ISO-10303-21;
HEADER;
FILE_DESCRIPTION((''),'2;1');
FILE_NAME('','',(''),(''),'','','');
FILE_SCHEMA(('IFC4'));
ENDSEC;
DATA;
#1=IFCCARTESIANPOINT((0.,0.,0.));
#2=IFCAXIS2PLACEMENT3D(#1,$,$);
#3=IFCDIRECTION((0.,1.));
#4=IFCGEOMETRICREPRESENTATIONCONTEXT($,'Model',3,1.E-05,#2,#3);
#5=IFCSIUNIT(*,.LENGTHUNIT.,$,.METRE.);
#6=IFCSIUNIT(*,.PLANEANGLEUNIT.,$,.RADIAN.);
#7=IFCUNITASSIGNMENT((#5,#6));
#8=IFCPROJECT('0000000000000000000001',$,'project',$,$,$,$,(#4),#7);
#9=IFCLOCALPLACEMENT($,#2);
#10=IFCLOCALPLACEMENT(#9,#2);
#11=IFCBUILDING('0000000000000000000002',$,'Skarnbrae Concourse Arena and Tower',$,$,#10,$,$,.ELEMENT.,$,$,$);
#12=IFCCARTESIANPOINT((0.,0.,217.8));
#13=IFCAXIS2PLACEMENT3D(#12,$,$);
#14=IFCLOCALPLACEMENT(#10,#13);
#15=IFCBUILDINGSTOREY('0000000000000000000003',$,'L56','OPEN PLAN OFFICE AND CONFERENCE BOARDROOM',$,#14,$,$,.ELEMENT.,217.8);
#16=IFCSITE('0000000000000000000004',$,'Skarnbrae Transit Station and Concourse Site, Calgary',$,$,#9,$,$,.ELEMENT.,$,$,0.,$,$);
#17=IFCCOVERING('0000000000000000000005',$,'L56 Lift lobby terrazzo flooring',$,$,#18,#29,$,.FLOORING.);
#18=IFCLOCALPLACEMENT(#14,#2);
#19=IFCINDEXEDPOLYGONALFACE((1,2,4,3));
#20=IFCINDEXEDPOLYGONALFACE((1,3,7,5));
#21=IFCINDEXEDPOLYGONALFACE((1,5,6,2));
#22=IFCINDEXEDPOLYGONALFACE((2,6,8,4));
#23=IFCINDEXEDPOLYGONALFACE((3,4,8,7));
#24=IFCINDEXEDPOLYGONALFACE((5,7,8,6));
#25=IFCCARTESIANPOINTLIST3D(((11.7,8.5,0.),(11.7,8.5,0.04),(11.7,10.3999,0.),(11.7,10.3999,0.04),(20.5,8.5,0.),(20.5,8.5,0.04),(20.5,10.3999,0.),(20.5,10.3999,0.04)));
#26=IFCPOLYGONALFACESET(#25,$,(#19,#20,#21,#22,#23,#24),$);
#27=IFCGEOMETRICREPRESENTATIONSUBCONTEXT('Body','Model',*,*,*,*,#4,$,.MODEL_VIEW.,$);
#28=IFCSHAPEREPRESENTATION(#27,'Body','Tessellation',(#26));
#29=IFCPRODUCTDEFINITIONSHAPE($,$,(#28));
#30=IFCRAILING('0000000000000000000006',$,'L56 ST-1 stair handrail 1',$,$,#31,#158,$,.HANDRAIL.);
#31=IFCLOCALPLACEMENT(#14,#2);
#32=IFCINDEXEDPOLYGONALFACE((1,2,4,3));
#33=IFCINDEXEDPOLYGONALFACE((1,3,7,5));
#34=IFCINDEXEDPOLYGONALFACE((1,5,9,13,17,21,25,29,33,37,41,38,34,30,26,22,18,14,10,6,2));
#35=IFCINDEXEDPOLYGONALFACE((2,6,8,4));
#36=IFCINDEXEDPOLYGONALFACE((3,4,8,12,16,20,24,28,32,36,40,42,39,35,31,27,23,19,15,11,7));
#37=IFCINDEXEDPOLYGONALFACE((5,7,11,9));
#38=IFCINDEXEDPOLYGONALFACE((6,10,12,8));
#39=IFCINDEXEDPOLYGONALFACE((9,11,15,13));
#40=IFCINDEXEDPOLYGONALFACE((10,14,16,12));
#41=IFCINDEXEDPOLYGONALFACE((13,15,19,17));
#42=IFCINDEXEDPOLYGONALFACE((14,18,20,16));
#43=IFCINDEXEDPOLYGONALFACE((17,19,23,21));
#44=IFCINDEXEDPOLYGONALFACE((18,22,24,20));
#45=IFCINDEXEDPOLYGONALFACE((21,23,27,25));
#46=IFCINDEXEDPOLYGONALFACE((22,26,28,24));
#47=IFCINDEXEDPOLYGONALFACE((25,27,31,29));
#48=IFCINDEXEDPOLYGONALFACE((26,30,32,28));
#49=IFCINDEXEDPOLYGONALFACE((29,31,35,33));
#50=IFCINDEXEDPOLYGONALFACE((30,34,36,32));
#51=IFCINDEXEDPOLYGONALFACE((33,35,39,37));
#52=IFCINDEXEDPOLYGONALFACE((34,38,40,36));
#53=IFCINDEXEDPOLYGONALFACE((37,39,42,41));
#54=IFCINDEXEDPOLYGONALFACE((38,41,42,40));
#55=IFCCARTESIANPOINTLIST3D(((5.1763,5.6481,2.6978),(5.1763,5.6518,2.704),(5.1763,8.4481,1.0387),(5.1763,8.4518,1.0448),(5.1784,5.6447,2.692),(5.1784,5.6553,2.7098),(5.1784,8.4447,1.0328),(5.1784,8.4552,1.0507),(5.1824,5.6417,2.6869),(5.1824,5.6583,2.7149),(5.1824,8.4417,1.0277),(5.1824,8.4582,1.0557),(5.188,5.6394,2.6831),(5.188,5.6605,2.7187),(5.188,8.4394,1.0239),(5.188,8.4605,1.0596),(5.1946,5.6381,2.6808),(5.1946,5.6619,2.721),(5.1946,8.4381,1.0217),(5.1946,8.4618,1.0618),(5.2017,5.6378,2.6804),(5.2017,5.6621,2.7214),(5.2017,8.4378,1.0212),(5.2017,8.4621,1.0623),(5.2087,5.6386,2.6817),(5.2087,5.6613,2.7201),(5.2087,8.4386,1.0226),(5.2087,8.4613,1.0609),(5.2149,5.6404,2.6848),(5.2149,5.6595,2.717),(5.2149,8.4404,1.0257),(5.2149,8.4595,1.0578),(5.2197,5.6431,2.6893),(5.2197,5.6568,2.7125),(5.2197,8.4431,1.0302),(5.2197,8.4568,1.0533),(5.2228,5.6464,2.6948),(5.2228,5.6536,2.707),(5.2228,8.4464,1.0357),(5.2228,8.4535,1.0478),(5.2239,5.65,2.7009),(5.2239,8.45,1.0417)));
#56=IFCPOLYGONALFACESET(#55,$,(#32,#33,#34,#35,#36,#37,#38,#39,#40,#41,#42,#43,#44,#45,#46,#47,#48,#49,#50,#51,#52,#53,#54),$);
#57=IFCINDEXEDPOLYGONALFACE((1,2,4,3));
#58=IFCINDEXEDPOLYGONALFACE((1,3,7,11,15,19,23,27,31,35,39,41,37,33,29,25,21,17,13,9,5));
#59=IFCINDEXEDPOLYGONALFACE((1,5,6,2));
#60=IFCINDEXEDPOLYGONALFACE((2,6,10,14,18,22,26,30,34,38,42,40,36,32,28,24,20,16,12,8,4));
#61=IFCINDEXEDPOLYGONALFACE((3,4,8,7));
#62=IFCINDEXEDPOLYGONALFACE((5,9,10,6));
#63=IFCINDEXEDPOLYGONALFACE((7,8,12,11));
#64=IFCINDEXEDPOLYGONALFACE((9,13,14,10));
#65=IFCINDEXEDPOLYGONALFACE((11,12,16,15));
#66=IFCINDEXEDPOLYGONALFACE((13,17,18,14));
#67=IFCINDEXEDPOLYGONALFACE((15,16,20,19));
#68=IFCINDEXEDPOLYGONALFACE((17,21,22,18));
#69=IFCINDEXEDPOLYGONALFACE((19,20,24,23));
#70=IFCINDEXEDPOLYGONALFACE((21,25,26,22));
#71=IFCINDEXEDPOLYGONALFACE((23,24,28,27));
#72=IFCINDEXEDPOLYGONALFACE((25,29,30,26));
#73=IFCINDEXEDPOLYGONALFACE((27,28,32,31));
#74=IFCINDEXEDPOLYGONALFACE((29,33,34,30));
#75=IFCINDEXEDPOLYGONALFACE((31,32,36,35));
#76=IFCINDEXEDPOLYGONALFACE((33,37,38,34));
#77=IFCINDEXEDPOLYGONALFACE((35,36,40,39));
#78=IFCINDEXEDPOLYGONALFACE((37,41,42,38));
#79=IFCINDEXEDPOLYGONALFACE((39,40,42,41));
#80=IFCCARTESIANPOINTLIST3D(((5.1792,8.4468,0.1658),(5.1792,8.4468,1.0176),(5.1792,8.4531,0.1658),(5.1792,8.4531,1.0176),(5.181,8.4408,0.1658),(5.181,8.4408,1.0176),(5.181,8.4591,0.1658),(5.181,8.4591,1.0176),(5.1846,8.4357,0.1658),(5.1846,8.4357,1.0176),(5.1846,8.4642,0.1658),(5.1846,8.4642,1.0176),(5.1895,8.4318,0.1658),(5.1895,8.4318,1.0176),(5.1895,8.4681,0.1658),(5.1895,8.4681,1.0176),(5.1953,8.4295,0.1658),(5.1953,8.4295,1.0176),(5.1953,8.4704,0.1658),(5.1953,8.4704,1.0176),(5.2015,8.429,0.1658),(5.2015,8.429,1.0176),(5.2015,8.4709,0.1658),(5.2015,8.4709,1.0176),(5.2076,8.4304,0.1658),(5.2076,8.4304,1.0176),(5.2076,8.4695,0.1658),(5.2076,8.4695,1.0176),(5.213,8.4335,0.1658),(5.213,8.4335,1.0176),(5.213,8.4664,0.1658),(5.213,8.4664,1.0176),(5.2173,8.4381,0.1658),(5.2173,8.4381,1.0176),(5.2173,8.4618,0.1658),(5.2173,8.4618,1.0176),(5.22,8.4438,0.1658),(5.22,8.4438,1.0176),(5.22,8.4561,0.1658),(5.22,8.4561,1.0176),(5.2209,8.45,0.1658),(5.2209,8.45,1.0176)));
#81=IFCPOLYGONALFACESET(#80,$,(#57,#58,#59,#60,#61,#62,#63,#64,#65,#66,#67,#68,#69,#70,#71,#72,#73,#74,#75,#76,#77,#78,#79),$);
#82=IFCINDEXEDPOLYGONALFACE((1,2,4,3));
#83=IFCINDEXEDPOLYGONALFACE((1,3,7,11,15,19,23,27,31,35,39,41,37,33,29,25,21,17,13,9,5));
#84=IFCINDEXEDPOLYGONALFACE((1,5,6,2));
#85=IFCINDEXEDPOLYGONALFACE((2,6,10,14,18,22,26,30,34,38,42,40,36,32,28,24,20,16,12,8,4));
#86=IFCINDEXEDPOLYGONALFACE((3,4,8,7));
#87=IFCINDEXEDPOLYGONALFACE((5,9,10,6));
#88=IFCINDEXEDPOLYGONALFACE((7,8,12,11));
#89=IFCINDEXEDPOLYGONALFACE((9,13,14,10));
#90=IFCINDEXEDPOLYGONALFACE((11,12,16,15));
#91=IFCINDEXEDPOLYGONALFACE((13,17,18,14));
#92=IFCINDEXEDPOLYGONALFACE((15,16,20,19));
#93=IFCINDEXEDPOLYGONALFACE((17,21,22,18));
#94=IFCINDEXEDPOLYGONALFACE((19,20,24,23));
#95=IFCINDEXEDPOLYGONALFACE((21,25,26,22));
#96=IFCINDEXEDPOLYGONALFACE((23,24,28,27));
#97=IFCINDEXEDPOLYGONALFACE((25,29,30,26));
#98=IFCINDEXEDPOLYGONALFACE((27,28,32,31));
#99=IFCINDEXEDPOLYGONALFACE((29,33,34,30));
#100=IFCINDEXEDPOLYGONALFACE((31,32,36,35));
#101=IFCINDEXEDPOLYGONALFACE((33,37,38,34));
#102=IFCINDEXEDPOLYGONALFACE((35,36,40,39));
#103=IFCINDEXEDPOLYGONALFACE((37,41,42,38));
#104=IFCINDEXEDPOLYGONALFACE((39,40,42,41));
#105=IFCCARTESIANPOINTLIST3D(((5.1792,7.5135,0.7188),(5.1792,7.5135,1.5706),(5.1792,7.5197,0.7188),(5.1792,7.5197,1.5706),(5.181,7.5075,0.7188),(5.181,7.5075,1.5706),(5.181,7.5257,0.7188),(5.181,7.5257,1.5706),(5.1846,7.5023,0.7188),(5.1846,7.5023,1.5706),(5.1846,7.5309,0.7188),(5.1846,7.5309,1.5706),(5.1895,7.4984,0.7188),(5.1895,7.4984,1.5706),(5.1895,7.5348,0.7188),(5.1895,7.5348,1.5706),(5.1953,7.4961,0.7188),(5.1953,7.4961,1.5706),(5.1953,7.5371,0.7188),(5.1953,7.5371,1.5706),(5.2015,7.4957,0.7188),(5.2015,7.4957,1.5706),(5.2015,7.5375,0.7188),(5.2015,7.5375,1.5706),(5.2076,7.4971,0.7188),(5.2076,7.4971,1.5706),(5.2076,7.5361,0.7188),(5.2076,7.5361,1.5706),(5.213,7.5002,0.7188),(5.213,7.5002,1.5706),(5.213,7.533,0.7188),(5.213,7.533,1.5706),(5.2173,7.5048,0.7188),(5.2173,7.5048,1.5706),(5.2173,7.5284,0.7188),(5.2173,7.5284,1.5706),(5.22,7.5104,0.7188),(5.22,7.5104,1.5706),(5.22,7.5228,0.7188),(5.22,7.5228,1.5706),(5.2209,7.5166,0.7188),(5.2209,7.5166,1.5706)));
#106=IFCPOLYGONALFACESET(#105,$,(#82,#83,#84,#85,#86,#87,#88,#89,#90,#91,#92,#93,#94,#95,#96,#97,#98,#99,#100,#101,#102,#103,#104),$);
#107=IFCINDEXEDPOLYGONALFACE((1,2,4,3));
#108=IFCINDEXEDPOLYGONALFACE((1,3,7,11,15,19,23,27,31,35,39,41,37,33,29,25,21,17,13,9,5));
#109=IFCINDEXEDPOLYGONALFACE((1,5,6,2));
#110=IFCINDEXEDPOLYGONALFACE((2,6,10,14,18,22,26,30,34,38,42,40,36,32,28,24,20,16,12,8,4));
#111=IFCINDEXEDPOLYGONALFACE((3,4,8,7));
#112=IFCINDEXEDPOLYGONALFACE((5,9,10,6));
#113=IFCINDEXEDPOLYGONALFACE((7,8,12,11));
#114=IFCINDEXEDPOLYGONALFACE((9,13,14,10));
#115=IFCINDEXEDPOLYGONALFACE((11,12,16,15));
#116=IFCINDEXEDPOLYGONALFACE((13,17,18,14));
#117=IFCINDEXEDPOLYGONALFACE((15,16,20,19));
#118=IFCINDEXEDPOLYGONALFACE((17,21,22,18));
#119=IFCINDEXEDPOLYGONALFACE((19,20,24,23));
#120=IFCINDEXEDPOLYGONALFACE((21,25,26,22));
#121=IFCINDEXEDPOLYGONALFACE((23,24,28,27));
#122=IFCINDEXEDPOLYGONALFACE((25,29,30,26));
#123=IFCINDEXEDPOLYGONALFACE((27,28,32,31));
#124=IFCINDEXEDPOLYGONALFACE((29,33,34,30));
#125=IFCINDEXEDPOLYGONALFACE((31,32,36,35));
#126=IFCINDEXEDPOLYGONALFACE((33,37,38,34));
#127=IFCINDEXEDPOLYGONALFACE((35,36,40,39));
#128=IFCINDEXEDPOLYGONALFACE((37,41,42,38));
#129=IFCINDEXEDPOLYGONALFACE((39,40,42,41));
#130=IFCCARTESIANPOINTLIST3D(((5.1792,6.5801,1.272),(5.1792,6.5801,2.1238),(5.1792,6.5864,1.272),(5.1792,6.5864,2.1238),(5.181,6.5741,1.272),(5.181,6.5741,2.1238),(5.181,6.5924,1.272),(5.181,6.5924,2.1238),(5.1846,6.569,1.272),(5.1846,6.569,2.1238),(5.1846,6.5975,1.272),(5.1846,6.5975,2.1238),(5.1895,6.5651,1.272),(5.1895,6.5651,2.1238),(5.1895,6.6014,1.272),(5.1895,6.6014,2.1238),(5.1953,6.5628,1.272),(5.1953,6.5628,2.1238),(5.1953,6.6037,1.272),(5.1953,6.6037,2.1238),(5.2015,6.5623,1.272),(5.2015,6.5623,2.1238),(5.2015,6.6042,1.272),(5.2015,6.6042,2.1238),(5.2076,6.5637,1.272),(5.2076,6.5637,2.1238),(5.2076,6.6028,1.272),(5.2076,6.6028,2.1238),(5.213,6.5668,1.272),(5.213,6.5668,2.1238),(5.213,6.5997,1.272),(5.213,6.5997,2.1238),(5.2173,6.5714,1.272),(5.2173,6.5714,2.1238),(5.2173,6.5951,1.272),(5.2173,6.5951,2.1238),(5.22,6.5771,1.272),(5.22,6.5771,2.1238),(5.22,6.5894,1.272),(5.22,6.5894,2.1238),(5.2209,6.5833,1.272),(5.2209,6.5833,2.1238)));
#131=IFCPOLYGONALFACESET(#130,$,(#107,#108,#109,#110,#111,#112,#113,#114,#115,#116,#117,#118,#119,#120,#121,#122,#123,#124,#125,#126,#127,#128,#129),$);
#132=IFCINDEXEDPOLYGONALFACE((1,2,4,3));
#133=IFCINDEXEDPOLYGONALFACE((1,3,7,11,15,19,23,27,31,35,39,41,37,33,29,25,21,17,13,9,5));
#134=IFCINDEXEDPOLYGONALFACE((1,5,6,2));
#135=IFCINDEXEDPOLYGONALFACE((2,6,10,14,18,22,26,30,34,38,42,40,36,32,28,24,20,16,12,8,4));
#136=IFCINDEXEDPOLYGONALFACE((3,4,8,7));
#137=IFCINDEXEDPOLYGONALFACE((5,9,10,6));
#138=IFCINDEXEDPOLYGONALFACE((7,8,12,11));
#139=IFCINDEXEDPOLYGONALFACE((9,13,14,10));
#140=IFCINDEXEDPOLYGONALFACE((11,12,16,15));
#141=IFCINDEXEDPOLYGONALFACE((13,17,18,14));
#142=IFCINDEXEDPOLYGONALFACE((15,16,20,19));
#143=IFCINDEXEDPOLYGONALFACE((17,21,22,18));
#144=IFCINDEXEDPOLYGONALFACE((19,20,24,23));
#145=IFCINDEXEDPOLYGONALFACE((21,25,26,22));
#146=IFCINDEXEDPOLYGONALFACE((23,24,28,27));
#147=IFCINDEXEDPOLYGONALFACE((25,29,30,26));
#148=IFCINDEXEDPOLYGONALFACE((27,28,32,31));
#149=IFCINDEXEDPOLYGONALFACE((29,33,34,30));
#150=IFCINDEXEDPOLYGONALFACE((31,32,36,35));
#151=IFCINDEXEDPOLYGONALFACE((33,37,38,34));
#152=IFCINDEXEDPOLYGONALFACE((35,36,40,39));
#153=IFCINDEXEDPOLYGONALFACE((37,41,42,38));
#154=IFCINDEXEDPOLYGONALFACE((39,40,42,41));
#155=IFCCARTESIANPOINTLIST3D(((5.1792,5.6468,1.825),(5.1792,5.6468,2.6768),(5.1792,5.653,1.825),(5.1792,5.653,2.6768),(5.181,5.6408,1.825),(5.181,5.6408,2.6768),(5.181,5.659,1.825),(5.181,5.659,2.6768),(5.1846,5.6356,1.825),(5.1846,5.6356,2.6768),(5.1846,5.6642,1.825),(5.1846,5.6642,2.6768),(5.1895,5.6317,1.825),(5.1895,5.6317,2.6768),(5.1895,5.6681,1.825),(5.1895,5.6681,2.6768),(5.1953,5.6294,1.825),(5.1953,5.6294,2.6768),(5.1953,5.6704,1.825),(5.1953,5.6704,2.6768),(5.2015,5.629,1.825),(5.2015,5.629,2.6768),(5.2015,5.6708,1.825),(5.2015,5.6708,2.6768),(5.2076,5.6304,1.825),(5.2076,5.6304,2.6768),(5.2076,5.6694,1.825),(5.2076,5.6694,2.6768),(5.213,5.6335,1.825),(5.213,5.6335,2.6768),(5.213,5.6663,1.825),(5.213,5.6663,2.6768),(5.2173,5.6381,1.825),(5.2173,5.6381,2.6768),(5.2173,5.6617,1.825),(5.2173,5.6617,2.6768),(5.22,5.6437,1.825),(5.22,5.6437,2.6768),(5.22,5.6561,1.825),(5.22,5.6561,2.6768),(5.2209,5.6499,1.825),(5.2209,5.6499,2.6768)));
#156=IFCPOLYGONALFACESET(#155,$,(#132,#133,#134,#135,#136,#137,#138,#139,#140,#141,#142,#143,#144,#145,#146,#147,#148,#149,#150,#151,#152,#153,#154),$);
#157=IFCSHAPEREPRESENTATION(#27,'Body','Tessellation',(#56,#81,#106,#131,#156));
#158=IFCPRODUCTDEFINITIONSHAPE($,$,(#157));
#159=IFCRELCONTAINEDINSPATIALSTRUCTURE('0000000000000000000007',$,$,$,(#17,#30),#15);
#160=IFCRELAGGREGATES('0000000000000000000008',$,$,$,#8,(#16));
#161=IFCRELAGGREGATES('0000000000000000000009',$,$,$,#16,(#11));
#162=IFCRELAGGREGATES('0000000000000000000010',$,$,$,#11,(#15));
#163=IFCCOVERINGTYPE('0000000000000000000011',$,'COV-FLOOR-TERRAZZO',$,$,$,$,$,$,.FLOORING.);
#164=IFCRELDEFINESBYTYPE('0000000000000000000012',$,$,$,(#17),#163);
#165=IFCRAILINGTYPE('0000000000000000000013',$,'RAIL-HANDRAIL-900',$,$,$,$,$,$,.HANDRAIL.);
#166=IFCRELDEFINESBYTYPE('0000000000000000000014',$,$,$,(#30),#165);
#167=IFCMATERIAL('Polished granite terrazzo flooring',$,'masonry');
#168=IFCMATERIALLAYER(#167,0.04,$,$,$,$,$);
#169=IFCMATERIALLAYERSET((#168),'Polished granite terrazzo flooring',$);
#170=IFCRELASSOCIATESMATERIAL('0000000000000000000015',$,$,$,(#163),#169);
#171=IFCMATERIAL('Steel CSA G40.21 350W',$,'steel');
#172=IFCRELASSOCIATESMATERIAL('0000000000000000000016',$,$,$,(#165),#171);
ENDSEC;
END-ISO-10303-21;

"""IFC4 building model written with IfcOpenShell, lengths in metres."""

from ifc_helpers import new_model, si_unit, direction, frame, origin, origin_2d, place, context, subcontext, project, spatial, polyline, circle, outline, extrude, material, layer, layer_set, type_object, element, save


model = new_model("IFC4")

# Units and contexts
model_context = context("Model", 3, precision=1e-05, world=origin(), true_north=direction((0.0, 1.0)))
body_context = subcontext(model_context, "Body", "Model", "MODEL_VIEW")
ifc_project = project(units=[si_unit("LENGTHUNIT", "METRE"), si_unit("PLANEANGLEUNIT", "RADIAN")], contexts=[model_context])

# Site, building, storey
site_placement = place(None, origin())
site = spatial("IfcSite", under=ifc_project, at=site_placement, Name="Skarnbrae Transit Station and Concourse Site, Calgary", CompositionType="ELEMENT", RefElevation=0.0)
building_placement = place(site_placement, origin())
building = spatial("IfcBuilding", under=site, at=building_placement, Name="Skarnbrae Concourse Arena and Tower", CompositionType="ELEMENT")
storey_placement = place(building_placement, frame((0.0, 0.0, 217.8)))
storey = spatial("IfcBuildingStorey", under=building, at=storey_placement, Name="L56", Description="OPEN PLAN OFFICE AND CONFERENCE BOARDROOM", CompositionType="ELEMENT", Elevation=217.8)

# Shared definitions
ifc_material_1 = material(Name="Steel CSA G40.21 350W", Category="steel")

# Covering
ifc_material_2 = material(Name="Polished granite terrazzo flooring", Category="masonry")
ifc_layer_1 = layer(ifc_material_2, 0.04)
ifc_layer_set_1 = layer_set([ifc_layer_1], Name="Polished granite terrazzo flooring")
covering_type_1 = type_object("IfcCoveringType", Name="COV-FLOOR-TERRAZZO", PredefinedType="FLOORING", material=ifc_layer_set_1)
covering_1_placement = place(storey_placement, origin())
element("IfcCovering", 1, at=covering_1_placement, inside=storey, type_object=covering_type_1, Name="L56 Lift lobby terrazzo flooring", PredefinedType="FLOORING", context=body_context, shape_type="SweptSolid", body=[
    extrude(outline(polyline([(11.7, 8.5), (20.5, 8.5), (20.5, 10.3999), (11.7, 10.3999), (11.7, 8.5)])), origin(), (0.0, 0.0, 1.0), 0.04),
])

# Railing
railing_type = type_object("IfcRailingType", Name="RAIL-HANDRAIL-900", PredefinedType="HANDRAIL", material=ifc_material_1)
railing_placement = place(storey_placement, frame((5.2, 8.45, 0.1658)))
element("IfcRailing", 2, at=railing_placement, inside=storey, type_object=railing_type, Name="L56 ST-1 stair handrail 1", PredefinedType="HANDRAIL", context=body_context, shape_type="SweptSolid", body=[
    extrude(circle(Radius=0.0239, at=origin_2d()), frame((0.0, 0.0, 0.876), z_axis=(0.0, -0.860306, 0.509778), x_axis=(1.0, 0.0, 0.0)), (0.0, 0.0, 1.0), 3.2546),
    extrude(circle(Radius=0.021, at=origin_2d()), origin(), (0.0, 0.0, 1.0), 0.8518),
    extrude(circle(Radius=0.021, at=origin_2d()), frame((0.0, -0.9333, 0.553)), (0.0, 0.0, 1.0), 0.8518),
    extrude(circle(Radius=0.021, at=origin_2d()), frame((0.0, -1.8667, 1.1062)), (0.0, 0.0, 1.0), 0.8518),
    extrude(circle(Radius=0.021, at=origin_2d()), frame((0.0, -2.8, 1.6592)), (0.0, 0.0, 1.0), 0.8518),
])

save(model, "model.ifc")
